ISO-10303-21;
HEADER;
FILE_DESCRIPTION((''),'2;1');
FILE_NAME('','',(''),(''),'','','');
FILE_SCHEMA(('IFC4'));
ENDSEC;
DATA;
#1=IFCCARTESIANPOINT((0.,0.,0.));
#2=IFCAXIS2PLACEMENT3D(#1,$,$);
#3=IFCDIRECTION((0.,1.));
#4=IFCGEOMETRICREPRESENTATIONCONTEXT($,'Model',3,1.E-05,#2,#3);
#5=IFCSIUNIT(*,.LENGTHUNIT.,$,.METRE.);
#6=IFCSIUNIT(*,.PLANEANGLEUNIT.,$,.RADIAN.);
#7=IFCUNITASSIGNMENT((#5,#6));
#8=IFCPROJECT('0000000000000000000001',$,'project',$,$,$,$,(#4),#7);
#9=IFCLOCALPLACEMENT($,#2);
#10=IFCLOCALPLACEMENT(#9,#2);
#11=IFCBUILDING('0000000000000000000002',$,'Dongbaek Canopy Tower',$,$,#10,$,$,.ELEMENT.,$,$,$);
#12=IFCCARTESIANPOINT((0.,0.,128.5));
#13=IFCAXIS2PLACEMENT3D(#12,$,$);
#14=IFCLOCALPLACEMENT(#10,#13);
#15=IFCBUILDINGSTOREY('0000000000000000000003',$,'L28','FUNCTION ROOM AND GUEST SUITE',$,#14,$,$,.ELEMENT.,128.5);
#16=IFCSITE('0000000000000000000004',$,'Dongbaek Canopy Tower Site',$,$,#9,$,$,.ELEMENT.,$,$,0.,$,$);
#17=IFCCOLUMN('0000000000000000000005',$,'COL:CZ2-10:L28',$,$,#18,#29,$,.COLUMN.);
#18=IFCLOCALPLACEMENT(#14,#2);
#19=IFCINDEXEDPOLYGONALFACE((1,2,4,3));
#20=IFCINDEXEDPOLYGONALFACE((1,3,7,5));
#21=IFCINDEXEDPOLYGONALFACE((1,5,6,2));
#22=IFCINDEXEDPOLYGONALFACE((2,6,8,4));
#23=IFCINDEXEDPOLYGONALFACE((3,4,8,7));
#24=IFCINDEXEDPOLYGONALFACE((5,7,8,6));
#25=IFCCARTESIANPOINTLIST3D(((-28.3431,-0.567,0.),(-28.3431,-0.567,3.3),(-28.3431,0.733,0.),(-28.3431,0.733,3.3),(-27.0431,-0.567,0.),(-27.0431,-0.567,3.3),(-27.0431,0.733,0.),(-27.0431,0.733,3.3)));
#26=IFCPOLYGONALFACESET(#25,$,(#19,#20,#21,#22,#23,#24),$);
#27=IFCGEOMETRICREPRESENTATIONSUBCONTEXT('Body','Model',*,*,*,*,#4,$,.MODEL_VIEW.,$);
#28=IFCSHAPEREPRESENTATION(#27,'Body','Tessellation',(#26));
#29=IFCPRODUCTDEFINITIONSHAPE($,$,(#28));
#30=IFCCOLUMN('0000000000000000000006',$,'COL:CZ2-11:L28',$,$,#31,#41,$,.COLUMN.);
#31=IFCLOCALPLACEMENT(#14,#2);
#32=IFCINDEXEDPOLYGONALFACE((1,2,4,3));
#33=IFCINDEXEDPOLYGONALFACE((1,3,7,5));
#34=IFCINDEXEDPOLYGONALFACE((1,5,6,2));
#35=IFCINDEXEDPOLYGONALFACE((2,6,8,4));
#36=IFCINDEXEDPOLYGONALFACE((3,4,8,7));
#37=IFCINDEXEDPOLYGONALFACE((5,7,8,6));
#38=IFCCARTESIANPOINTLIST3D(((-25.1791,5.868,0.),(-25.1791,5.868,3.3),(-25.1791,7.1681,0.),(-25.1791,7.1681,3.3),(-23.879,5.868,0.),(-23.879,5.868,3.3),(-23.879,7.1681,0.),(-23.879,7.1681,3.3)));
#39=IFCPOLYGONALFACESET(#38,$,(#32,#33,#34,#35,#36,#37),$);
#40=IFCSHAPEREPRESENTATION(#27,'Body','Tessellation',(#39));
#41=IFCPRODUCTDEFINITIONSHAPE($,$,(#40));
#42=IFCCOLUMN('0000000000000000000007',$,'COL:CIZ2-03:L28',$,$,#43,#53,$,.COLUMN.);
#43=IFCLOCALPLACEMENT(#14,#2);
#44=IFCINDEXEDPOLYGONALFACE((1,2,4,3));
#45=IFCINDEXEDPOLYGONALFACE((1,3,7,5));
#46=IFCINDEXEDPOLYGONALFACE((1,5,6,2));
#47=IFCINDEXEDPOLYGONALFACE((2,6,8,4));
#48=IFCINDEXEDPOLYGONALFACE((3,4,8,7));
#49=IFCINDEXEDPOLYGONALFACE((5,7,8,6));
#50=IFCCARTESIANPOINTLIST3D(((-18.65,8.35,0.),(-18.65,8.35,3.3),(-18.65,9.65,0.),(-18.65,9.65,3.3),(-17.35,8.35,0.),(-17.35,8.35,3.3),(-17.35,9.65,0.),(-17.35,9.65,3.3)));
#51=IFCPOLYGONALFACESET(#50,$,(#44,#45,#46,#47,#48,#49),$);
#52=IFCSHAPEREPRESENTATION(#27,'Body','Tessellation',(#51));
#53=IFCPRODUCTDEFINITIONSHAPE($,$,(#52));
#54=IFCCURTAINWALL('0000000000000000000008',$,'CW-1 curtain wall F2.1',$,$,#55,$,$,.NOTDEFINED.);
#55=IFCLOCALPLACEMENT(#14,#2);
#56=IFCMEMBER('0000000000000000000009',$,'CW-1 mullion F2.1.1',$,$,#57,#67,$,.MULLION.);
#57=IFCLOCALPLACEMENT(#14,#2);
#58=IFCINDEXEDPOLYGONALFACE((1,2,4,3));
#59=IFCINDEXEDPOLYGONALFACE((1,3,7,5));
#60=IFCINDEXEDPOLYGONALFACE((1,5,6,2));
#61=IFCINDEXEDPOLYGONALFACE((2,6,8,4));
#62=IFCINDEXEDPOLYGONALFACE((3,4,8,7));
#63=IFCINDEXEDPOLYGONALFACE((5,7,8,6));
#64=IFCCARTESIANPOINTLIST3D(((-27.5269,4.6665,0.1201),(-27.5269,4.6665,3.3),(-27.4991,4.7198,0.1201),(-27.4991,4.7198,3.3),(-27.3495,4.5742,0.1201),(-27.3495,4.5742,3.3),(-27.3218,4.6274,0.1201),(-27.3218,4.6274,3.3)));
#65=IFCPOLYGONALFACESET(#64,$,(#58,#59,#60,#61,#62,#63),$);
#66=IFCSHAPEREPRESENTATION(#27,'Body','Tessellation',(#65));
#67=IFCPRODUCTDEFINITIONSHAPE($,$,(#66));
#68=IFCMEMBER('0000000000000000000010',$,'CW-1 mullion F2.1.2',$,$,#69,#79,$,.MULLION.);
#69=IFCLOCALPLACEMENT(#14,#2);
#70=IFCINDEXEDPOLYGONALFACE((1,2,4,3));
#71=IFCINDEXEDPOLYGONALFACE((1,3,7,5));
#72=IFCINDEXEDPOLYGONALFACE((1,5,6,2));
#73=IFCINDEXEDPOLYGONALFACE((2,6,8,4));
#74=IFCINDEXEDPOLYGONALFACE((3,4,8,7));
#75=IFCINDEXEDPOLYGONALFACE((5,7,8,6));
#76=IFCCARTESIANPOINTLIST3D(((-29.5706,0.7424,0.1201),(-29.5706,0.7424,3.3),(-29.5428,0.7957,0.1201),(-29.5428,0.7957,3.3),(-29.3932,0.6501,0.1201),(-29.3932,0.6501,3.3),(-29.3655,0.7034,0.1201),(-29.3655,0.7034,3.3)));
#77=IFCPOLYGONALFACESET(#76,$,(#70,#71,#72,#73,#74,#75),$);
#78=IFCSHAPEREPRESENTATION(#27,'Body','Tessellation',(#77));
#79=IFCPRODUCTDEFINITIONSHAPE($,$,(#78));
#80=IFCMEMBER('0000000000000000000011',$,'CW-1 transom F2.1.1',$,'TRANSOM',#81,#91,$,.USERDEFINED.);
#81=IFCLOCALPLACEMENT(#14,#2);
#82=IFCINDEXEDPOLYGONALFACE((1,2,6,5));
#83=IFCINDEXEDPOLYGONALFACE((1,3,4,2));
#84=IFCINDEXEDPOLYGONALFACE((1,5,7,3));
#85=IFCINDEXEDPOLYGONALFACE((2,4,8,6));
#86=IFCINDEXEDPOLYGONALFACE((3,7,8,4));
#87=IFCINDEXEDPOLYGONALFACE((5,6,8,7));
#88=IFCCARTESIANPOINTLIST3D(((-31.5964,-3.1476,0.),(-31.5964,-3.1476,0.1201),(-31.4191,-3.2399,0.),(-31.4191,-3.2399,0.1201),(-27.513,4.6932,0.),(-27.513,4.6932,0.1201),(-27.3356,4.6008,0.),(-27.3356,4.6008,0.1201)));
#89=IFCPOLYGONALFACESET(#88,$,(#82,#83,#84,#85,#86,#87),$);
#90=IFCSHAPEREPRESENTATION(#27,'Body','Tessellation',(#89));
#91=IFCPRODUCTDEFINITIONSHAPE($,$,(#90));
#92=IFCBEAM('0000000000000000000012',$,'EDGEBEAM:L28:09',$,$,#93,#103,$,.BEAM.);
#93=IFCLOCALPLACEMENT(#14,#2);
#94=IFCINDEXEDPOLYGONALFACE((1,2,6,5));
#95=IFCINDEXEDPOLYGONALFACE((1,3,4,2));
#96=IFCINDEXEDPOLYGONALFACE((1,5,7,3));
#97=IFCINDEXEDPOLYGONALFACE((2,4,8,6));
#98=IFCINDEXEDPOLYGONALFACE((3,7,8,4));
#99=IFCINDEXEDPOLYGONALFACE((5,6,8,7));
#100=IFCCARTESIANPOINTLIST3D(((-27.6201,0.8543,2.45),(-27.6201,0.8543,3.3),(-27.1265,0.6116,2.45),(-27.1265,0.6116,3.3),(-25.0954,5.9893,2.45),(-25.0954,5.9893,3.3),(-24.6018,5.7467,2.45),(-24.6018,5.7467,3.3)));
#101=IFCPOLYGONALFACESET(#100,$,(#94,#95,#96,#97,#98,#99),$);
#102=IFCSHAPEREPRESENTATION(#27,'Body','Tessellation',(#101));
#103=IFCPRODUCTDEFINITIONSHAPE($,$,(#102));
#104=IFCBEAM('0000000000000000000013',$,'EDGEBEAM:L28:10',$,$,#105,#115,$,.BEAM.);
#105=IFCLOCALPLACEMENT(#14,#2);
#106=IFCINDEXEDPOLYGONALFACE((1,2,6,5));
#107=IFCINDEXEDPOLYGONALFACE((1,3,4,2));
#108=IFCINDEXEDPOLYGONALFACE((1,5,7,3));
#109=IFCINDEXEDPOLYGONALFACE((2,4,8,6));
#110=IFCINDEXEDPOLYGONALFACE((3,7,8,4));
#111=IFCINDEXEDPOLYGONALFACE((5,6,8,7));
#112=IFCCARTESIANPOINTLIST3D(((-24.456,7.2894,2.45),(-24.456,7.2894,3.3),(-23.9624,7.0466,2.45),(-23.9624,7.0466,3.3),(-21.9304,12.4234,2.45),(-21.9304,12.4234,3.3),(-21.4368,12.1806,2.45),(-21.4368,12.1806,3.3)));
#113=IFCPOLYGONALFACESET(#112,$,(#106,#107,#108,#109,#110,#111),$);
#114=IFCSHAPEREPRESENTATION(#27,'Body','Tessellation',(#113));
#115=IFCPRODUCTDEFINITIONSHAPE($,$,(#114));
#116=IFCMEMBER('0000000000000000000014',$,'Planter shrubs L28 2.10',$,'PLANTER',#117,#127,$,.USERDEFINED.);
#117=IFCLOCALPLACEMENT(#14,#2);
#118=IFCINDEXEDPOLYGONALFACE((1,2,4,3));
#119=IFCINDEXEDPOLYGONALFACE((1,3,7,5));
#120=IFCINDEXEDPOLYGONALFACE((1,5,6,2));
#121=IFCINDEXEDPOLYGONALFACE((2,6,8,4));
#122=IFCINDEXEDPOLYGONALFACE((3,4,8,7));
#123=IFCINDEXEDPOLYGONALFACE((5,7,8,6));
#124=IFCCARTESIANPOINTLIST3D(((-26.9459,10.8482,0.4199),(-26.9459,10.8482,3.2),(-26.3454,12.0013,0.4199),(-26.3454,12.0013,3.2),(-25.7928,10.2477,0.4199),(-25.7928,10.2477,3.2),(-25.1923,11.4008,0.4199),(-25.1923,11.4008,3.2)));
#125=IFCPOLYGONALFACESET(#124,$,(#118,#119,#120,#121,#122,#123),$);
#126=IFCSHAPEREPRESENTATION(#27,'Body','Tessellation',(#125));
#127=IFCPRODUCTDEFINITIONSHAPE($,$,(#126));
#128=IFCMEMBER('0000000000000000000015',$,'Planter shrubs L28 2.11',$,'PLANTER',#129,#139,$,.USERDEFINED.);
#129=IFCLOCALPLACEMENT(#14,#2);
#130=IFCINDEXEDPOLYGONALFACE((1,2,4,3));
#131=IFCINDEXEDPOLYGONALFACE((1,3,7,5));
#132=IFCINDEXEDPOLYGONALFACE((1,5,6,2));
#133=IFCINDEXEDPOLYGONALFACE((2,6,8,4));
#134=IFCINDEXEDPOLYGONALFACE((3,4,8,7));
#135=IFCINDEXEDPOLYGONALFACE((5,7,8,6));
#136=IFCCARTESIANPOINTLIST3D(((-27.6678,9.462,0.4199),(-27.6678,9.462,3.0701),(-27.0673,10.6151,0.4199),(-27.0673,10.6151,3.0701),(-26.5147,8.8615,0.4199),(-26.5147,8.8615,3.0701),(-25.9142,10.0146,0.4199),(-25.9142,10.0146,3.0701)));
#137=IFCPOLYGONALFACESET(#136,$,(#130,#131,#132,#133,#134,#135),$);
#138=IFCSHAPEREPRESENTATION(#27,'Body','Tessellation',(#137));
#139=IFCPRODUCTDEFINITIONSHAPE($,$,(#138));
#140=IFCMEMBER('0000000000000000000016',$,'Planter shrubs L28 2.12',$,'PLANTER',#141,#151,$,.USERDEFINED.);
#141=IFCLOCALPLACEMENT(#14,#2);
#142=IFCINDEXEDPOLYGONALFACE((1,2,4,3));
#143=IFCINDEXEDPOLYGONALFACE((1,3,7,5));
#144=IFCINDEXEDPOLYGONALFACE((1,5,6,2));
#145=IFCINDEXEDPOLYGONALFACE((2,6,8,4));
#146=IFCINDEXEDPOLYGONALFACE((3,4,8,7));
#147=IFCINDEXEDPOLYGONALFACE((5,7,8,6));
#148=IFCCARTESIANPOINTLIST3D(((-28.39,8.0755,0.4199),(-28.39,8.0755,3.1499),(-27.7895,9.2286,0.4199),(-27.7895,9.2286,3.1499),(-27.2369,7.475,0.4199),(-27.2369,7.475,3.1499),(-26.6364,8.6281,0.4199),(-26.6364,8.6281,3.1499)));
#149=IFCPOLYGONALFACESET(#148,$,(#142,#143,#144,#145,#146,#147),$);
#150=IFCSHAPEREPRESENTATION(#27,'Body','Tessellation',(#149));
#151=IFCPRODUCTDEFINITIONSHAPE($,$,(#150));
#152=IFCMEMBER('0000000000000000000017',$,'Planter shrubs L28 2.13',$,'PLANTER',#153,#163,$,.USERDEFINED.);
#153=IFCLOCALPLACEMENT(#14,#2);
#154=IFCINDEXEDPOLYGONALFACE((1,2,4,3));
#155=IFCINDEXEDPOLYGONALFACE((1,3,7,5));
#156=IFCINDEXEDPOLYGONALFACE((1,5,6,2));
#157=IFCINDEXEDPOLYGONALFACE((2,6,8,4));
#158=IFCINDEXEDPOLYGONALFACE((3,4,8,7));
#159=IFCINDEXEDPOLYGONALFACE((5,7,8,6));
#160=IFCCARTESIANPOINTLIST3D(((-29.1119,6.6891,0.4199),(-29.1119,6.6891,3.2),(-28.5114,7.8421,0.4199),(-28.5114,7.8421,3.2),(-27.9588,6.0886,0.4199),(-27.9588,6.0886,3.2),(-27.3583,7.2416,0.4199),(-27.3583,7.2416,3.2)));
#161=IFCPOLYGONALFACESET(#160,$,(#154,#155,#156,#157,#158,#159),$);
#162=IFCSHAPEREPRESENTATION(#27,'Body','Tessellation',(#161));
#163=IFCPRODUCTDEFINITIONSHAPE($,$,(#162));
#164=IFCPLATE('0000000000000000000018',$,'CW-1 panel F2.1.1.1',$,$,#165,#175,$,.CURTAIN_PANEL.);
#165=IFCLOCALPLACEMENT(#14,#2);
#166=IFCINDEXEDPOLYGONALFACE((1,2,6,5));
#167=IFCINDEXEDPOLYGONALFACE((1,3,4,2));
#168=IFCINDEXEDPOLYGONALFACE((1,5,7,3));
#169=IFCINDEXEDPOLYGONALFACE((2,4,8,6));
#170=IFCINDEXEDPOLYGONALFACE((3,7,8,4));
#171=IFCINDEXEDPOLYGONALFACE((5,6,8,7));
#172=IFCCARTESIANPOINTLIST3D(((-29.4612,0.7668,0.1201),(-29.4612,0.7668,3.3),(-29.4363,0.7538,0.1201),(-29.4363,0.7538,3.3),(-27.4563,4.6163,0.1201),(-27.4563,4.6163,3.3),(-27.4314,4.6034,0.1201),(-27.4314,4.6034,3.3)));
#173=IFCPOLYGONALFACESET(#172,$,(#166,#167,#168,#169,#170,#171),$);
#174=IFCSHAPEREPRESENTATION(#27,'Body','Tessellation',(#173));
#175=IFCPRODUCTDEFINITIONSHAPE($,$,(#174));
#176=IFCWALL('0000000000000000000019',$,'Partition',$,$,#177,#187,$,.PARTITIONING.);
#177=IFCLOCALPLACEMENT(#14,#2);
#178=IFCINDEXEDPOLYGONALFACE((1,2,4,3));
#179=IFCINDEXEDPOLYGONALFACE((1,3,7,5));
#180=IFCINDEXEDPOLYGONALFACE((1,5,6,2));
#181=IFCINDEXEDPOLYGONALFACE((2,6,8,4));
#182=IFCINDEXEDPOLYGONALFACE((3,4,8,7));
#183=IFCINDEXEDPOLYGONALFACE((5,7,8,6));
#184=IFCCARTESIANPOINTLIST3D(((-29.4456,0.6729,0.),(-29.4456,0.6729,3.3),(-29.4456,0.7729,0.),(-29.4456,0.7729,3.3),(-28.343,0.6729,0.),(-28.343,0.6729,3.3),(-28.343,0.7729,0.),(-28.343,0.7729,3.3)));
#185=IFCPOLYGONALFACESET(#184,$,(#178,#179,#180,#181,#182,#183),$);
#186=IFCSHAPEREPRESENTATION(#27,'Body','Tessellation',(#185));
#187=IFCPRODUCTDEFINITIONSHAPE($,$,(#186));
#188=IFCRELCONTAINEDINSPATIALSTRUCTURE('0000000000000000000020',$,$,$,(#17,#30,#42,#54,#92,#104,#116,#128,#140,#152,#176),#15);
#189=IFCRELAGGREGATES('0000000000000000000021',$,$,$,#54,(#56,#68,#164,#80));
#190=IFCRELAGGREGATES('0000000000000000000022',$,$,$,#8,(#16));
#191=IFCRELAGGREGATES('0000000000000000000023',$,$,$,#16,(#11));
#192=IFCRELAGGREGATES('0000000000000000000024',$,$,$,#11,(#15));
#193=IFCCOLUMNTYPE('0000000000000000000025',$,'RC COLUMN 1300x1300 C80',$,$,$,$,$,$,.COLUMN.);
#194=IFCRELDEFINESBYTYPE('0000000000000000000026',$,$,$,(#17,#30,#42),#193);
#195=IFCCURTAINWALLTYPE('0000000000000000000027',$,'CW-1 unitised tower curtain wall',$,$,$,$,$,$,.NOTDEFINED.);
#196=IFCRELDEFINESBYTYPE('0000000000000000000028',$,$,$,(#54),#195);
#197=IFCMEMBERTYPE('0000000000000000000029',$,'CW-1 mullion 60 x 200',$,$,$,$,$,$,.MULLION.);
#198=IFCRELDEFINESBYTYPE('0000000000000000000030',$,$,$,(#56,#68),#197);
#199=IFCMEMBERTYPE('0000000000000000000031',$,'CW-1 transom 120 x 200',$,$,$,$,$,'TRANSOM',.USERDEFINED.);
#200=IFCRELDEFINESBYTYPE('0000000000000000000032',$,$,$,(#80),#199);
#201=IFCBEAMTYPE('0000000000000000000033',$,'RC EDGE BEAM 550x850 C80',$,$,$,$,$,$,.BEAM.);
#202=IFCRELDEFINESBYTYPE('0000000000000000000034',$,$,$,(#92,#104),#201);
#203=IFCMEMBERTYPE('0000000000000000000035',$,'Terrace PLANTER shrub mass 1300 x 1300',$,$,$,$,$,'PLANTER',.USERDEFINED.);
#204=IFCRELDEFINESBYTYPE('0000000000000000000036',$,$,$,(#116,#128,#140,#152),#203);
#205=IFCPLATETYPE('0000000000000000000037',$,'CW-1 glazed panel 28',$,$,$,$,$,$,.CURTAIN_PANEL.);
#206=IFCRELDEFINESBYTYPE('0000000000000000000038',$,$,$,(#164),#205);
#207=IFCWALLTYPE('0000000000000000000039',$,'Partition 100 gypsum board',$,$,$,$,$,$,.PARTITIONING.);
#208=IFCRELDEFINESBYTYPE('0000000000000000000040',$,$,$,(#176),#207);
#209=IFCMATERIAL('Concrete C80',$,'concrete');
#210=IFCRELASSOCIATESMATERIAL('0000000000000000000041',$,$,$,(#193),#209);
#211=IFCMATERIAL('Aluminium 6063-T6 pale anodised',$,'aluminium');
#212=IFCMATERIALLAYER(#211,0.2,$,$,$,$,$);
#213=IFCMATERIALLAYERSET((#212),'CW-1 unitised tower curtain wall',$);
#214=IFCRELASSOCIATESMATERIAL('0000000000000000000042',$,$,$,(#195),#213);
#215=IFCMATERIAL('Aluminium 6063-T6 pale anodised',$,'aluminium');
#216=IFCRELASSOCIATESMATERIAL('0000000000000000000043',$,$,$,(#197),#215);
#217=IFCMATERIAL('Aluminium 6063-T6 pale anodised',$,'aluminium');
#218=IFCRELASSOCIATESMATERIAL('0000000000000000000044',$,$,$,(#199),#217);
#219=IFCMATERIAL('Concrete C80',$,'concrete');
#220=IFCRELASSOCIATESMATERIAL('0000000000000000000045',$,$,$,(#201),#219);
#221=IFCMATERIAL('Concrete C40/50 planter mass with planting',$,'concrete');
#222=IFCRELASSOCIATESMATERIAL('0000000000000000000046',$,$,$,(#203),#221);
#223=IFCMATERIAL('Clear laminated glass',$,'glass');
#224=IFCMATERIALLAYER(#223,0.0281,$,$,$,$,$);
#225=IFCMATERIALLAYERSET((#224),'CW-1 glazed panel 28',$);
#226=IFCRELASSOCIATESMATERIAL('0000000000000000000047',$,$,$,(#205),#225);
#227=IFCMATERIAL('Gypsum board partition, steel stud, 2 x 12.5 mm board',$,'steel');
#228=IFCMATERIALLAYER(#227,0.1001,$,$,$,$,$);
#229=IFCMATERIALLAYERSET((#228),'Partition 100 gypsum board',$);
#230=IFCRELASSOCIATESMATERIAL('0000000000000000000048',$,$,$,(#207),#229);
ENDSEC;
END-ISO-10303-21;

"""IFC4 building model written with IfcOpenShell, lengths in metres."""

from ifc_helpers import new_model, si_unit, direction, frame, frame_2d, origin, origin_2d, place, context, subcontext, project, spatial, rectangle, extrude, material, layer, layer_set, material_profile, profile_set, type_object, element, aggregate, save


model = new_model("IFC4")

# Units and contexts
model_context = context("Model", 3, precision=1e-05, world=origin(), true_north=direction((0.0, 1.0)))
body_context = subcontext(model_context, "Body", "Model", "MODEL_VIEW")
ifc_project = project(units=[si_unit("LENGTHUNIT", "METRE"), si_unit("PLANEANGLEUNIT", "RADIAN")], contexts=[model_context])

# Site, building, storey
site_placement = place(None, origin())
site = spatial("IfcSite", under=ifc_project, at=site_placement, Name="Dongbaek Canopy Tower Site", CompositionType="ELEMENT", RefElevation=0.0)
building_placement = place(site_placement, origin())
building = spatial("IfcBuilding", under=site, at=building_placement, Name="Dongbaek Canopy Tower", CompositionType="ELEMENT")
storey_placement = place(building_placement, frame((0.0, 0.0, 128.5)))
storey = spatial("IfcBuildingStorey", under=building, at=storey_placement, Name="L28", Description="FUNCTION ROOM AND GUEST SUITE", CompositionType="ELEMENT", Elevation=128.5)

# Columns
ifc_material_1 = material(Name="Concrete C80", Category="concrete")
ifc_material_profile_1 = material_profile(ifc_material_1, rectangle(XDim=1.3, YDim=1.3, at=origin_2d()), Name="RC COLUMN 1300x1300 C80")
ifc_profile_set_1 = profile_set([ifc_material_profile_1], Name="Concrete C80")
column_type = type_object("IfcColumnType", Name="RC COLUMN 1300x1300 C80", PredefinedType="COLUMN", material=ifc_profile_set_1)
for number, where, z_axis, x_axis, name in (
    (1, (-27.6931, 0.083, 0.0), (0.0, 0.0, 1.0), (1.0, 0.0, 0.0), "COL:CZ2-10:L28"),
    (2, (-24.5291, 6.5181, 0.0), (0.0, 0.0, 1.0), (1.0, 0.0, 0.0), "COL:CZ2-11:L28"),
    (3, (-18.0, 9.0, 0.0), (0.0, 0.0, 1.0), (1.0, 0.0, 0.0), "COL:CIZ2-03:L28"),
):
    element("IfcColumn", number, at=place(storey_placement, frame(where, z_axis=z_axis, x_axis=x_axis)), inside=storey, type_object=column_type, Name=name, PredefinedType="COLUMN", context=body_context, shape_type="SweptSolid", body=[
        extrude(rectangle(XDim=1.3, YDim=1.3, at=origin_2d()), origin(), (0.0, 0.0, 1.0), 3.3),
    ])

# Curtain wall, members
ifc_material_2 = material(Name="Aluminium 6063-T6 pale anodised", Category="aluminium")
ifc_layer_1 = layer(ifc_material_2, 0.2)
ifc_layer_set_1 = layer_set([ifc_layer_1], Name="CW-1 unitised tower curtain wall")
curtain_wall_type = type_object("IfcCurtainWallType", Name="CW-1 unitised tower curtain wall", PredefinedType="NOTDEFINED", material=ifc_layer_set_1)
curtain_wall_placement = place(storey_placement, origin())
curtain_wall = element("IfcCurtainWall", 4, at=curtain_wall_placement, inside=storey, type_object=curtain_wall_type, Name="CW-1 curtain wall F2.1", PredefinedType="NOTDEFINED")
ifc_material_3 = material(Name="Aluminium 6063-T6 pale anodised", Category="aluminium")
ifc_material_profile_2 = material_profile(ifc_material_3, rectangle(XDim=0.2, YDim=0.0601, at=origin_2d()), Name="CW-1 mullion 60 x 200")
ifc_profile_set_2 = profile_set([ifc_material_profile_2], Name="Aluminium 6063-T6 pale anodised")
member_type_1 = type_object("IfcMemberType", Name="CW-1 mullion 60 x 200", PredefinedType="MULLION", material=ifc_profile_set_2)
member_1_placement = place(storey_placement, frame((-27.4243, 4.647, 0.1201), z_axis=(0.0, 0.0, 1.0), x_axis=(-0.886927, 0.46191, 0.0)))
member_1 = element("IfcMember", 5, at=member_1_placement, type_object=member_type_1, Name="CW-1 mullion F2.1.1", PredefinedType="MULLION", context=body_context, shape_type="SweptSolid", body=[
    extrude(rectangle(XDim=0.2, YDim=0.0601, at=origin_2d()), origin(), (0.0, 0.0, 1.0), 3.1799),
])
member_2_placement = place(storey_placement, frame((-29.468, 0.7229, 0.1201), z_axis=(0.0, 0.0, 1.0), x_axis=(-0.886927, 0.46191, 0.0)))
member_2 = element("IfcMember", 6, at=member_2_placement, type_object=member_type_1, Name="CW-1 mullion F2.1.2", PredefinedType="MULLION", context=body_context, shape_type="SweptSolid", body=[
    extrude(rectangle(XDim=0.2, YDim=0.0601, at=origin_2d()), origin(), (0.0, 0.0, 1.0), 3.1799),
])
ifc_material_4 = material(Name="Aluminium 6063-T6 pale anodised", Category="aluminium")
ifc_material_profile_3 = material_profile(ifc_material_4, rectangle(XDim=0.2, YDim=0.1201, at=origin_2d()), Name="CW-1 transom 120 x 200")
ifc_profile_set_3 = profile_set([ifc_material_profile_3], Name="Aluminium 6063-T6 pale anodised")
member_type_2 = type_object("IfcMemberType", Name="CW-1 transom 120 x 200", ElementType="TRANSOM", PredefinedType="USERDEFINED", material=ifc_profile_set_3)
member_3_placement = place(storey_placement, frame((-27.4243, 4.647, 0.0601), z_axis=(-0.461911, -0.886926, 0.0), x_axis=(0.886926, -0.461911, 0.0)))
member_3 = element("IfcMember", 7, at=member_3_placement, type_object=member_type_2, Name="CW-1 transom F2.1.1", ObjectType="TRANSOM", PredefinedType="USERDEFINED", context=body_context, shape_type="SweptSolid", body=[
    extrude(rectangle(XDim=0.2, YDim=0.1201, at=origin_2d()), origin(), (0.0, 0.0, 1.0), 8.8403),
])

# Beams
ifc_material_5 = material(Name="Concrete C80", Category="concrete")
ifc_material_profile_4 = material_profile(ifc_material_5, rectangle(XDim=0.55, YDim=0.8501, at=origin_2d()), Name="RC EDGE BEAM 550x850 C80")
ifc_profile_set_4 = profile_set([ifc_material_profile_4], Name="Concrete C80")
beam_type = type_object("IfcBeamType", Name="RC EDGE BEAM 550x850 C80", PredefinedType="BEAM", material=ifc_profile_set_4)
beam_1_placement = place(storey_placement, frame((-27.3733, 0.7329, 2.875), z_axis=(0.441213, 0.897402, 0.0), x_axis=(-0.897402, 0.441213, 0.0)))
element("IfcBeam", 8, at=beam_1_placement, inside=storey, type_object=beam_type, Name="EDGEBEAM:L28:09", PredefinedType="BEAM", context=body_context, shape_type="SweptSolid", body=[
    extrude(rectangle(XDim=0.55, YDim=0.8501, at=origin_2d()), origin(), (0.0, 0.0, 1.0), 5.7222),
])
beam_2_placement = place(storey_placement, frame((-24.2092, 7.168, 2.875), z_axis=(0.441418, 0.897301, 0.0), x_axis=(-0.897301, 0.441418, 0.0)))
element("IfcBeam", 9, at=beam_2_placement, inside=storey, type_object=beam_type, Name="EDGEBEAM:L28:10", PredefinedType="BEAM", context=body_context, shape_type="SweptSolid", body=[
    extrude(rectangle(XDim=0.55, YDim=0.8501, at=origin_2d()), origin(), (0.0, 0.0, 1.0), 5.7217),
])

# Members
ifc_material_6 = material(Name="Concrete C40/50 planter mass with planting", Category="concrete")
ifc_material_profile_5 = material_profile(ifc_material_6, rectangle(XDim=1.3, YDim=1.3, at=origin_2d()), Name="Terrace PLANTER shrub mass 1300 x 1300")
ifc_profile_set_5 = profile_set([ifc_material_profile_5], Name="Concrete C40/50 planter mass with planting")
member_type_3 = type_object("IfcMemberType", Name="Terrace PLANTER shrub mass 1300 x 1300", ElementType="PLANTER", PredefinedType="USERDEFINED", material=ifc_profile_set_5)
member_4_placement = place(storey_placement, frame((-26.0691, 11.1245, 0.4199), z_axis=(0.0, 0.0, 1.0), x_axis=(-0.886927, 0.46191, 0.0)))
element("IfcMember", 10, at=member_4_placement, inside=storey, type_object=member_type_3, Name="Planter shrubs L28 2.10", ObjectType="PLANTER", PredefinedType="USERDEFINED", context=body_context, shape_type="SweptSolid", body=[
    extrude(rectangle(XDim=1.3, YDim=1.3, at=origin_2d()), origin(), (0.0, 0.0, 1.0), 2.78),
])
member_5_placement = place(storey_placement, frame((-26.791, 9.7383, 0.4199), z_axis=(0.0, 0.0, 1.0), x_axis=(-0.886927, 0.46191, 0.0)))
element("IfcMember", 11, at=member_5_placement, inside=storey, type_object=member_type_3, Name="Planter shrubs L28 2.11", ObjectType="PLANTER", PredefinedType="USERDEFINED", context=body_context, shape_type="SweptSolid", body=[
    extrude(rectangle(XDim=1.3, YDim=1.3, at=origin_2d()), origin(), (0.0, 0.0, 1.0), 2.6501),
])
member_6_placement = place(storey_placement, frame((-27.5132, 8.3518, 0.4199), z_axis=(0.0, 0.0, 1.0), x_axis=(-0.886927, 0.46191, 0.0)))
element("IfcMember", 12, at=member_6_placement, inside=storey, type_object=member_type_3, Name="Planter shrubs L28 2.12", ObjectType="PLANTER", PredefinedType="USERDEFINED", context=body_context, shape_type="SweptSolid", body=[
    extrude(rectangle(XDim=1.3, YDim=1.3, at=origin_2d()), origin(), (0.0, 0.0, 1.0), 2.73),
])
member_7_placement = place(storey_placement, frame((-28.2351, 6.9653, 0.4199), z_axis=(0.0, 0.0, 1.0), x_axis=(-0.886927, 0.46191, 0.0)))
element("IfcMember", 13, at=member_7_placement, inside=storey, type_object=member_type_3, Name="Planter shrubs L28 2.13", ObjectType="PLANTER", PredefinedType="USERDEFINED", context=body_context, shape_type="SweptSolid", body=[
    extrude(rectangle(XDim=1.3, YDim=1.3, at=origin_2d()), origin(), (0.0, 0.0, 1.0), 2.78),
])

# Plate
ifc_material_7 = material(Name="Clear laminated glass", Category="glass")
ifc_layer_2 = layer(ifc_material_7, 0.0281)
ifc_layer_set_2 = layer_set([ifc_layer_2], Name="CW-1 glazed panel 28")
plate_type = type_object("IfcPlateType", Name="CW-1 glazed panel 28", PredefinedType="CURTAIN_PANEL", material=ifc_layer_set_2)
plate_placement = place(storey_placement, frame((-28.4463, 2.6851, 0.1201), z_axis=(0.0, 0.0, 1.0), x_axis=(-0.46191, -0.886927, 0.0)))
plate = element("IfcPlate", 14, at=plate_placement, type_object=plate_type, Name="CW-1 panel F2.1.1.1", PredefinedType="CURTAIN_PANEL", context=body_context, shape_type="SweptSolid", body=[
    extrude(rectangle(XDim=4.3403, YDim=0.0281, at=origin_2d()), origin(), (0.0, 0.0, 1.0), 3.1799),
])

# Wall
ifc_material_8 = material(Name="Gypsum board partition, steel stud, 2 x 12.5 mm board", Category="steel")
ifc_layer_3 = layer(ifc_material_8, 0.1001)
ifc_layer_set_3 = layer_set([ifc_layer_3], Name="Partition 100 gypsum board")
wall_type = type_object("IfcWallType", Name="Partition 100 gypsum board", PredefinedType="PARTITIONING", material=ifc_layer_set_3)
wall_1_placement = place(storey_placement, frame((-29.4456, 0.7229, 0.0), z_axis=(0.0, 0.0, 1.0), x_axis=(1.0, 0.0, 0.0)))
element("IfcWall", 15, at=wall_1_placement, inside=storey, type_object=wall_type, Name="Partition", PredefinedType="PARTITIONING", context=body_context, shape_type="SweptSolid", body=[
    extrude(rectangle(XDim=1.1025, YDim=0.1001, at=frame_2d((0.5513, 0.0))), origin(), (0.0, 0.0, 1.0), 3.3),
])

aggregate(curtain_wall, [member_1, member_2, plate, member_3])

save(model, "model.ifc")
